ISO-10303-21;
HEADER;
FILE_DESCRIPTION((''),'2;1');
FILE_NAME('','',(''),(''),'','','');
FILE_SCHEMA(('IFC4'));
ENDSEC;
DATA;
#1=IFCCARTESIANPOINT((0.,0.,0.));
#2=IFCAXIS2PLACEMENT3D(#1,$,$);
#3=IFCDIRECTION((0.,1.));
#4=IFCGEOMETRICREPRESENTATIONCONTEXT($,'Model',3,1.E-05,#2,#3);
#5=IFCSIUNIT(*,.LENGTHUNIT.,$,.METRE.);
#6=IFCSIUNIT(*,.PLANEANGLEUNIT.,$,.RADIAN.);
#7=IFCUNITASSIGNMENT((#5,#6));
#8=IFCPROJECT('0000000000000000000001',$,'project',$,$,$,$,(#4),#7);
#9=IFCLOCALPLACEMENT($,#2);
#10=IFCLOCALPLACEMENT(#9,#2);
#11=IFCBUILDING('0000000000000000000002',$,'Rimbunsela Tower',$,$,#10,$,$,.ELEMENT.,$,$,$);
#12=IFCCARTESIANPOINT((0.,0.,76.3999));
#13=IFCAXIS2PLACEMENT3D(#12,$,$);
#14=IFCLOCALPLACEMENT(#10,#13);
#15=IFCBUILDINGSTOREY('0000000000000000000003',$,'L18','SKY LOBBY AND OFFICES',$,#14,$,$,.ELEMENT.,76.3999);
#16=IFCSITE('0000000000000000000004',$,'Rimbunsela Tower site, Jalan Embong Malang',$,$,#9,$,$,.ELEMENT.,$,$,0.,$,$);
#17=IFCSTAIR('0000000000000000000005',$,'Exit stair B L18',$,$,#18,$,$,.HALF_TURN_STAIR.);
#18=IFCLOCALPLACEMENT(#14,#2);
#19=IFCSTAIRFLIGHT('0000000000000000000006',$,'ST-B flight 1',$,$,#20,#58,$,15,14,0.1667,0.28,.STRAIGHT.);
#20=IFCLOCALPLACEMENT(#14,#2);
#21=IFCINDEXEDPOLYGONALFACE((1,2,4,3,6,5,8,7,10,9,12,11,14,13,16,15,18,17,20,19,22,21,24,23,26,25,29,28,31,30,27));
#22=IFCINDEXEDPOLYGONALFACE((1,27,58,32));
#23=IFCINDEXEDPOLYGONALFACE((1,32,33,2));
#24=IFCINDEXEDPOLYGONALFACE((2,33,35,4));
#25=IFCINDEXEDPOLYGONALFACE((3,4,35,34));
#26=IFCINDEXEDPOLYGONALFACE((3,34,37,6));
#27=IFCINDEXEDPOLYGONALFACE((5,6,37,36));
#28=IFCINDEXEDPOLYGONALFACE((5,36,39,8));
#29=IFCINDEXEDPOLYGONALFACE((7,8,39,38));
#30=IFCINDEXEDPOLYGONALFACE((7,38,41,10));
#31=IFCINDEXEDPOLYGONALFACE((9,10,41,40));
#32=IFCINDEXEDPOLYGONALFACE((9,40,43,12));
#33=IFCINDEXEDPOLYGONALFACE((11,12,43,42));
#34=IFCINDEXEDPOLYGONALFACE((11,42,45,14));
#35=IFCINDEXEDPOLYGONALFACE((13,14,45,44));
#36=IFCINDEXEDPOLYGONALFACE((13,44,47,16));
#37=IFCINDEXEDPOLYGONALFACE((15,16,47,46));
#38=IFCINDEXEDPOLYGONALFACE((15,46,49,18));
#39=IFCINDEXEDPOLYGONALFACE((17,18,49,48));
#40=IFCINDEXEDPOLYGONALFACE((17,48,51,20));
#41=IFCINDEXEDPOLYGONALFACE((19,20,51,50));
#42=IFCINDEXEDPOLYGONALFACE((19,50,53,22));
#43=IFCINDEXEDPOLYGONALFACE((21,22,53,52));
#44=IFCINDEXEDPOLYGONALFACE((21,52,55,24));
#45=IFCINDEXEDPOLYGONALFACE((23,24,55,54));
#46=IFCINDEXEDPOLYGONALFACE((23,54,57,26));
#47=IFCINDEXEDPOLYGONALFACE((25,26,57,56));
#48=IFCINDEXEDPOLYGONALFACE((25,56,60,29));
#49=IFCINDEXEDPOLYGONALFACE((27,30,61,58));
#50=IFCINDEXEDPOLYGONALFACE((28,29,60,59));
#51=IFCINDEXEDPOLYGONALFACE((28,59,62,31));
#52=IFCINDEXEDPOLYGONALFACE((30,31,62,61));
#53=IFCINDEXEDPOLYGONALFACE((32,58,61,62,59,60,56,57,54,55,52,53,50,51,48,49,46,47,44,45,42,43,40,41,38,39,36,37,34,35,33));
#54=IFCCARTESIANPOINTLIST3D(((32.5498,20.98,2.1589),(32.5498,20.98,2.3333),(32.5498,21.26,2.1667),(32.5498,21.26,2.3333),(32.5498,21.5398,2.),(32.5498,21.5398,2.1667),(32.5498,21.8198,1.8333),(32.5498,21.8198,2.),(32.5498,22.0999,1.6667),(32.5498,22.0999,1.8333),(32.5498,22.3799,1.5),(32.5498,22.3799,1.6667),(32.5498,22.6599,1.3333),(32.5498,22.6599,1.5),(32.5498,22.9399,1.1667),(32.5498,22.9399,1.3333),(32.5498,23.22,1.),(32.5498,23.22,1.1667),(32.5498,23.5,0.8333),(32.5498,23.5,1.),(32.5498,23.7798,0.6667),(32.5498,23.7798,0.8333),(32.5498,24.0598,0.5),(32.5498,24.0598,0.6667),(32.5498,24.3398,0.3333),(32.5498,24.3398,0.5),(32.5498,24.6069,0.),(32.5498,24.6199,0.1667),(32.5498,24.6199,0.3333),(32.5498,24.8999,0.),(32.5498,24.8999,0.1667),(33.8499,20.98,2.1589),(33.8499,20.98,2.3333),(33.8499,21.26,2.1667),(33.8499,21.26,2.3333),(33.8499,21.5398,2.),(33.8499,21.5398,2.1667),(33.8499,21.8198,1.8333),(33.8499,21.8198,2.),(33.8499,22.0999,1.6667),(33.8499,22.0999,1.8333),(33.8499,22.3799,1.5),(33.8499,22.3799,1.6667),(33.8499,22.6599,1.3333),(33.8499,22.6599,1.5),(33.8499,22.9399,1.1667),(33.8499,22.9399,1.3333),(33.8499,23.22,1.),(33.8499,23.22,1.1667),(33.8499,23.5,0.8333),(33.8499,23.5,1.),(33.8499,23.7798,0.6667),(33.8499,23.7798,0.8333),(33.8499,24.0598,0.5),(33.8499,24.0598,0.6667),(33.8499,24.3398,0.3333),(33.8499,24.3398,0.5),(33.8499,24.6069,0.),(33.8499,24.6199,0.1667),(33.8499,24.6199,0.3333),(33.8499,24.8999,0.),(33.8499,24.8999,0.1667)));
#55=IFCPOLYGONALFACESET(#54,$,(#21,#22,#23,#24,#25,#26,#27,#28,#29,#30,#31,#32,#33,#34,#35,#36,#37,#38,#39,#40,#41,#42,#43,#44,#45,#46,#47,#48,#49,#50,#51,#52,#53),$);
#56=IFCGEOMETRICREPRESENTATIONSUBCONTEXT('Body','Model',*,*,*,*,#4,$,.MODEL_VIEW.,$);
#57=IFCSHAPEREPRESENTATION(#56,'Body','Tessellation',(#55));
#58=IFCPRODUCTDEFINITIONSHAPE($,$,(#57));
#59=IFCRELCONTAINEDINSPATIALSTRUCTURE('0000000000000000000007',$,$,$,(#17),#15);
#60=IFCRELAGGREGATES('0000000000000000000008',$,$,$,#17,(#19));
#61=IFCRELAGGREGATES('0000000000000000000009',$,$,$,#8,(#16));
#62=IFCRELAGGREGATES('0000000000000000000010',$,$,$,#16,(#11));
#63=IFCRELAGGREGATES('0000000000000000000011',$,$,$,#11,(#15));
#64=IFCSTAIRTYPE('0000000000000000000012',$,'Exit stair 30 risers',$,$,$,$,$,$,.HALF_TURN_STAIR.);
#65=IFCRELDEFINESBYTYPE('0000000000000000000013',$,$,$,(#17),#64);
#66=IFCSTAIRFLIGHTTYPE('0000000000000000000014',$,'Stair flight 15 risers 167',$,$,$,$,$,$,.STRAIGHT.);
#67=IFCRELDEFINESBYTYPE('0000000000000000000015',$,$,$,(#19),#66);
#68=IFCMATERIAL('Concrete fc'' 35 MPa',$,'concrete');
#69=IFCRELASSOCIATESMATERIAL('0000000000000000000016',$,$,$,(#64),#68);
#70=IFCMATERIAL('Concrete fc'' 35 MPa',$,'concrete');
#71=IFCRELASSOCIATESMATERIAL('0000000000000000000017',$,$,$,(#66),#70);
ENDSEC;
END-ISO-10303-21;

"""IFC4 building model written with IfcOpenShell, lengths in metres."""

from ifc_helpers import new_model, si_unit, direction, frame, origin, place, context, subcontext, project, spatial, polyline, outline, extrude, material, type_object, element, aggregate, save


model = new_model("IFC4")

# Units and contexts
model_context = context("Model", 3, precision=1e-05, world=origin(), true_north=direction((0.0, 1.0)))
body_context = subcontext(model_context, "Body", "Model", "MODEL_VIEW")
ifc_project = project(units=[si_unit("LENGTHUNIT", "METRE"), si_unit("PLANEANGLEUNIT", "RADIAN")], contexts=[model_context])

# Site, building, storey
site_placement = place(None, origin())
site = spatial("IfcSite", under=ifc_project, at=site_placement, Name="Rimbunsela Tower site, Jalan Embong Malang", CompositionType="ELEMENT", RefElevation=0.0)
building_placement = place(site_placement, origin())
building = spatial("IfcBuilding", under=site, at=building_placement, Name="Rimbunsela Tower", CompositionType="ELEMENT")
storey_placement = place(building_placement, frame((0.0, 0.0, 76.3999)))
storey = spatial("IfcBuildingStorey", under=building, at=storey_placement, Name="L18", Description="SKY LOBBY AND OFFICES", CompositionType="ELEMENT", Elevation=76.3999)

# Stair, stair flight
ifc_material_1 = material(Name="Concrete fc' 35 MPa", Category="concrete")
stair_type = type_object("IfcStairType", Name="Exit stair 30 risers", PredefinedType="HALF_TURN_STAIR", material=ifc_material_1)
stair_placement = place(storey_placement, origin())
stair = element("IfcStair", 1, at=stair_placement, inside=storey, type_object=stair_type, Name="Exit stair B L18", PredefinedType="HALF_TURN_STAIR")
ifc_material_2 = material(Name="Concrete fc' 35 MPa", Category="concrete")
stair_flight_type = type_object("IfcStairFlightType", Name="Stair flight 15 risers 167", PredefinedType="STRAIGHT", material=ifc_material_2)
stair_flight_placement = place(storey_placement, frame((33.2, 24.8999, 0.0), z_axis=(0.0, 0.0, 1.0), x_axis=(0.0, -1.0, 0.0)))
stair_flight = element("IfcStairFlight", 2, at=stair_flight_placement, type_object=stair_flight_type, Name="ST-B flight 1", NumberOfRisers=15, NumberOfTreads=14, PredefinedType="STRAIGHT", RiserHeight=0.1667, TreadLength=0.28, context=body_context, shape_type="SweptSolid", body=[
    extrude(outline(polyline([(0.0, 0.0), (0.0, 0.1667), (0.28, 0.1667), (0.28, 0.3333), (0.5601, 0.3333), (0.5601, 0.5), (0.8401, 0.5), (0.8401, 0.6667), (1.1201, 0.6667), (1.1201, 0.8333), (1.3999, 0.8333), (1.3999, 1.0), (1.6799, 1.0), (1.6799, 1.1667), (1.96, 1.1667), (1.96, 1.3333), (2.24, 1.3333), (2.24, 1.5), (2.52, 1.5), (2.52, 1.6667), (2.8, 1.6667), (2.8, 1.8333), (3.0801, 1.8333), (3.0801, 2.0), (3.3601, 2.0), (3.3601, 2.1667), (3.6399, 2.1667), (3.6399, 2.3333), (3.9199, 2.3333), (3.9199, 2.5), (3.9199, 2.1589), (0.293, 0.0), (0.0, 0.0)])), frame((0.0, 0.6499, 0.0), z_axis=(0.0, -1.0, 0.0), x_axis=(1.0, 0.0, 0.0)), (0.0, 0.0, 1.0), 1.3),
])
aggregate(stair, [stair_flight])

save(model, "model.ifc")
